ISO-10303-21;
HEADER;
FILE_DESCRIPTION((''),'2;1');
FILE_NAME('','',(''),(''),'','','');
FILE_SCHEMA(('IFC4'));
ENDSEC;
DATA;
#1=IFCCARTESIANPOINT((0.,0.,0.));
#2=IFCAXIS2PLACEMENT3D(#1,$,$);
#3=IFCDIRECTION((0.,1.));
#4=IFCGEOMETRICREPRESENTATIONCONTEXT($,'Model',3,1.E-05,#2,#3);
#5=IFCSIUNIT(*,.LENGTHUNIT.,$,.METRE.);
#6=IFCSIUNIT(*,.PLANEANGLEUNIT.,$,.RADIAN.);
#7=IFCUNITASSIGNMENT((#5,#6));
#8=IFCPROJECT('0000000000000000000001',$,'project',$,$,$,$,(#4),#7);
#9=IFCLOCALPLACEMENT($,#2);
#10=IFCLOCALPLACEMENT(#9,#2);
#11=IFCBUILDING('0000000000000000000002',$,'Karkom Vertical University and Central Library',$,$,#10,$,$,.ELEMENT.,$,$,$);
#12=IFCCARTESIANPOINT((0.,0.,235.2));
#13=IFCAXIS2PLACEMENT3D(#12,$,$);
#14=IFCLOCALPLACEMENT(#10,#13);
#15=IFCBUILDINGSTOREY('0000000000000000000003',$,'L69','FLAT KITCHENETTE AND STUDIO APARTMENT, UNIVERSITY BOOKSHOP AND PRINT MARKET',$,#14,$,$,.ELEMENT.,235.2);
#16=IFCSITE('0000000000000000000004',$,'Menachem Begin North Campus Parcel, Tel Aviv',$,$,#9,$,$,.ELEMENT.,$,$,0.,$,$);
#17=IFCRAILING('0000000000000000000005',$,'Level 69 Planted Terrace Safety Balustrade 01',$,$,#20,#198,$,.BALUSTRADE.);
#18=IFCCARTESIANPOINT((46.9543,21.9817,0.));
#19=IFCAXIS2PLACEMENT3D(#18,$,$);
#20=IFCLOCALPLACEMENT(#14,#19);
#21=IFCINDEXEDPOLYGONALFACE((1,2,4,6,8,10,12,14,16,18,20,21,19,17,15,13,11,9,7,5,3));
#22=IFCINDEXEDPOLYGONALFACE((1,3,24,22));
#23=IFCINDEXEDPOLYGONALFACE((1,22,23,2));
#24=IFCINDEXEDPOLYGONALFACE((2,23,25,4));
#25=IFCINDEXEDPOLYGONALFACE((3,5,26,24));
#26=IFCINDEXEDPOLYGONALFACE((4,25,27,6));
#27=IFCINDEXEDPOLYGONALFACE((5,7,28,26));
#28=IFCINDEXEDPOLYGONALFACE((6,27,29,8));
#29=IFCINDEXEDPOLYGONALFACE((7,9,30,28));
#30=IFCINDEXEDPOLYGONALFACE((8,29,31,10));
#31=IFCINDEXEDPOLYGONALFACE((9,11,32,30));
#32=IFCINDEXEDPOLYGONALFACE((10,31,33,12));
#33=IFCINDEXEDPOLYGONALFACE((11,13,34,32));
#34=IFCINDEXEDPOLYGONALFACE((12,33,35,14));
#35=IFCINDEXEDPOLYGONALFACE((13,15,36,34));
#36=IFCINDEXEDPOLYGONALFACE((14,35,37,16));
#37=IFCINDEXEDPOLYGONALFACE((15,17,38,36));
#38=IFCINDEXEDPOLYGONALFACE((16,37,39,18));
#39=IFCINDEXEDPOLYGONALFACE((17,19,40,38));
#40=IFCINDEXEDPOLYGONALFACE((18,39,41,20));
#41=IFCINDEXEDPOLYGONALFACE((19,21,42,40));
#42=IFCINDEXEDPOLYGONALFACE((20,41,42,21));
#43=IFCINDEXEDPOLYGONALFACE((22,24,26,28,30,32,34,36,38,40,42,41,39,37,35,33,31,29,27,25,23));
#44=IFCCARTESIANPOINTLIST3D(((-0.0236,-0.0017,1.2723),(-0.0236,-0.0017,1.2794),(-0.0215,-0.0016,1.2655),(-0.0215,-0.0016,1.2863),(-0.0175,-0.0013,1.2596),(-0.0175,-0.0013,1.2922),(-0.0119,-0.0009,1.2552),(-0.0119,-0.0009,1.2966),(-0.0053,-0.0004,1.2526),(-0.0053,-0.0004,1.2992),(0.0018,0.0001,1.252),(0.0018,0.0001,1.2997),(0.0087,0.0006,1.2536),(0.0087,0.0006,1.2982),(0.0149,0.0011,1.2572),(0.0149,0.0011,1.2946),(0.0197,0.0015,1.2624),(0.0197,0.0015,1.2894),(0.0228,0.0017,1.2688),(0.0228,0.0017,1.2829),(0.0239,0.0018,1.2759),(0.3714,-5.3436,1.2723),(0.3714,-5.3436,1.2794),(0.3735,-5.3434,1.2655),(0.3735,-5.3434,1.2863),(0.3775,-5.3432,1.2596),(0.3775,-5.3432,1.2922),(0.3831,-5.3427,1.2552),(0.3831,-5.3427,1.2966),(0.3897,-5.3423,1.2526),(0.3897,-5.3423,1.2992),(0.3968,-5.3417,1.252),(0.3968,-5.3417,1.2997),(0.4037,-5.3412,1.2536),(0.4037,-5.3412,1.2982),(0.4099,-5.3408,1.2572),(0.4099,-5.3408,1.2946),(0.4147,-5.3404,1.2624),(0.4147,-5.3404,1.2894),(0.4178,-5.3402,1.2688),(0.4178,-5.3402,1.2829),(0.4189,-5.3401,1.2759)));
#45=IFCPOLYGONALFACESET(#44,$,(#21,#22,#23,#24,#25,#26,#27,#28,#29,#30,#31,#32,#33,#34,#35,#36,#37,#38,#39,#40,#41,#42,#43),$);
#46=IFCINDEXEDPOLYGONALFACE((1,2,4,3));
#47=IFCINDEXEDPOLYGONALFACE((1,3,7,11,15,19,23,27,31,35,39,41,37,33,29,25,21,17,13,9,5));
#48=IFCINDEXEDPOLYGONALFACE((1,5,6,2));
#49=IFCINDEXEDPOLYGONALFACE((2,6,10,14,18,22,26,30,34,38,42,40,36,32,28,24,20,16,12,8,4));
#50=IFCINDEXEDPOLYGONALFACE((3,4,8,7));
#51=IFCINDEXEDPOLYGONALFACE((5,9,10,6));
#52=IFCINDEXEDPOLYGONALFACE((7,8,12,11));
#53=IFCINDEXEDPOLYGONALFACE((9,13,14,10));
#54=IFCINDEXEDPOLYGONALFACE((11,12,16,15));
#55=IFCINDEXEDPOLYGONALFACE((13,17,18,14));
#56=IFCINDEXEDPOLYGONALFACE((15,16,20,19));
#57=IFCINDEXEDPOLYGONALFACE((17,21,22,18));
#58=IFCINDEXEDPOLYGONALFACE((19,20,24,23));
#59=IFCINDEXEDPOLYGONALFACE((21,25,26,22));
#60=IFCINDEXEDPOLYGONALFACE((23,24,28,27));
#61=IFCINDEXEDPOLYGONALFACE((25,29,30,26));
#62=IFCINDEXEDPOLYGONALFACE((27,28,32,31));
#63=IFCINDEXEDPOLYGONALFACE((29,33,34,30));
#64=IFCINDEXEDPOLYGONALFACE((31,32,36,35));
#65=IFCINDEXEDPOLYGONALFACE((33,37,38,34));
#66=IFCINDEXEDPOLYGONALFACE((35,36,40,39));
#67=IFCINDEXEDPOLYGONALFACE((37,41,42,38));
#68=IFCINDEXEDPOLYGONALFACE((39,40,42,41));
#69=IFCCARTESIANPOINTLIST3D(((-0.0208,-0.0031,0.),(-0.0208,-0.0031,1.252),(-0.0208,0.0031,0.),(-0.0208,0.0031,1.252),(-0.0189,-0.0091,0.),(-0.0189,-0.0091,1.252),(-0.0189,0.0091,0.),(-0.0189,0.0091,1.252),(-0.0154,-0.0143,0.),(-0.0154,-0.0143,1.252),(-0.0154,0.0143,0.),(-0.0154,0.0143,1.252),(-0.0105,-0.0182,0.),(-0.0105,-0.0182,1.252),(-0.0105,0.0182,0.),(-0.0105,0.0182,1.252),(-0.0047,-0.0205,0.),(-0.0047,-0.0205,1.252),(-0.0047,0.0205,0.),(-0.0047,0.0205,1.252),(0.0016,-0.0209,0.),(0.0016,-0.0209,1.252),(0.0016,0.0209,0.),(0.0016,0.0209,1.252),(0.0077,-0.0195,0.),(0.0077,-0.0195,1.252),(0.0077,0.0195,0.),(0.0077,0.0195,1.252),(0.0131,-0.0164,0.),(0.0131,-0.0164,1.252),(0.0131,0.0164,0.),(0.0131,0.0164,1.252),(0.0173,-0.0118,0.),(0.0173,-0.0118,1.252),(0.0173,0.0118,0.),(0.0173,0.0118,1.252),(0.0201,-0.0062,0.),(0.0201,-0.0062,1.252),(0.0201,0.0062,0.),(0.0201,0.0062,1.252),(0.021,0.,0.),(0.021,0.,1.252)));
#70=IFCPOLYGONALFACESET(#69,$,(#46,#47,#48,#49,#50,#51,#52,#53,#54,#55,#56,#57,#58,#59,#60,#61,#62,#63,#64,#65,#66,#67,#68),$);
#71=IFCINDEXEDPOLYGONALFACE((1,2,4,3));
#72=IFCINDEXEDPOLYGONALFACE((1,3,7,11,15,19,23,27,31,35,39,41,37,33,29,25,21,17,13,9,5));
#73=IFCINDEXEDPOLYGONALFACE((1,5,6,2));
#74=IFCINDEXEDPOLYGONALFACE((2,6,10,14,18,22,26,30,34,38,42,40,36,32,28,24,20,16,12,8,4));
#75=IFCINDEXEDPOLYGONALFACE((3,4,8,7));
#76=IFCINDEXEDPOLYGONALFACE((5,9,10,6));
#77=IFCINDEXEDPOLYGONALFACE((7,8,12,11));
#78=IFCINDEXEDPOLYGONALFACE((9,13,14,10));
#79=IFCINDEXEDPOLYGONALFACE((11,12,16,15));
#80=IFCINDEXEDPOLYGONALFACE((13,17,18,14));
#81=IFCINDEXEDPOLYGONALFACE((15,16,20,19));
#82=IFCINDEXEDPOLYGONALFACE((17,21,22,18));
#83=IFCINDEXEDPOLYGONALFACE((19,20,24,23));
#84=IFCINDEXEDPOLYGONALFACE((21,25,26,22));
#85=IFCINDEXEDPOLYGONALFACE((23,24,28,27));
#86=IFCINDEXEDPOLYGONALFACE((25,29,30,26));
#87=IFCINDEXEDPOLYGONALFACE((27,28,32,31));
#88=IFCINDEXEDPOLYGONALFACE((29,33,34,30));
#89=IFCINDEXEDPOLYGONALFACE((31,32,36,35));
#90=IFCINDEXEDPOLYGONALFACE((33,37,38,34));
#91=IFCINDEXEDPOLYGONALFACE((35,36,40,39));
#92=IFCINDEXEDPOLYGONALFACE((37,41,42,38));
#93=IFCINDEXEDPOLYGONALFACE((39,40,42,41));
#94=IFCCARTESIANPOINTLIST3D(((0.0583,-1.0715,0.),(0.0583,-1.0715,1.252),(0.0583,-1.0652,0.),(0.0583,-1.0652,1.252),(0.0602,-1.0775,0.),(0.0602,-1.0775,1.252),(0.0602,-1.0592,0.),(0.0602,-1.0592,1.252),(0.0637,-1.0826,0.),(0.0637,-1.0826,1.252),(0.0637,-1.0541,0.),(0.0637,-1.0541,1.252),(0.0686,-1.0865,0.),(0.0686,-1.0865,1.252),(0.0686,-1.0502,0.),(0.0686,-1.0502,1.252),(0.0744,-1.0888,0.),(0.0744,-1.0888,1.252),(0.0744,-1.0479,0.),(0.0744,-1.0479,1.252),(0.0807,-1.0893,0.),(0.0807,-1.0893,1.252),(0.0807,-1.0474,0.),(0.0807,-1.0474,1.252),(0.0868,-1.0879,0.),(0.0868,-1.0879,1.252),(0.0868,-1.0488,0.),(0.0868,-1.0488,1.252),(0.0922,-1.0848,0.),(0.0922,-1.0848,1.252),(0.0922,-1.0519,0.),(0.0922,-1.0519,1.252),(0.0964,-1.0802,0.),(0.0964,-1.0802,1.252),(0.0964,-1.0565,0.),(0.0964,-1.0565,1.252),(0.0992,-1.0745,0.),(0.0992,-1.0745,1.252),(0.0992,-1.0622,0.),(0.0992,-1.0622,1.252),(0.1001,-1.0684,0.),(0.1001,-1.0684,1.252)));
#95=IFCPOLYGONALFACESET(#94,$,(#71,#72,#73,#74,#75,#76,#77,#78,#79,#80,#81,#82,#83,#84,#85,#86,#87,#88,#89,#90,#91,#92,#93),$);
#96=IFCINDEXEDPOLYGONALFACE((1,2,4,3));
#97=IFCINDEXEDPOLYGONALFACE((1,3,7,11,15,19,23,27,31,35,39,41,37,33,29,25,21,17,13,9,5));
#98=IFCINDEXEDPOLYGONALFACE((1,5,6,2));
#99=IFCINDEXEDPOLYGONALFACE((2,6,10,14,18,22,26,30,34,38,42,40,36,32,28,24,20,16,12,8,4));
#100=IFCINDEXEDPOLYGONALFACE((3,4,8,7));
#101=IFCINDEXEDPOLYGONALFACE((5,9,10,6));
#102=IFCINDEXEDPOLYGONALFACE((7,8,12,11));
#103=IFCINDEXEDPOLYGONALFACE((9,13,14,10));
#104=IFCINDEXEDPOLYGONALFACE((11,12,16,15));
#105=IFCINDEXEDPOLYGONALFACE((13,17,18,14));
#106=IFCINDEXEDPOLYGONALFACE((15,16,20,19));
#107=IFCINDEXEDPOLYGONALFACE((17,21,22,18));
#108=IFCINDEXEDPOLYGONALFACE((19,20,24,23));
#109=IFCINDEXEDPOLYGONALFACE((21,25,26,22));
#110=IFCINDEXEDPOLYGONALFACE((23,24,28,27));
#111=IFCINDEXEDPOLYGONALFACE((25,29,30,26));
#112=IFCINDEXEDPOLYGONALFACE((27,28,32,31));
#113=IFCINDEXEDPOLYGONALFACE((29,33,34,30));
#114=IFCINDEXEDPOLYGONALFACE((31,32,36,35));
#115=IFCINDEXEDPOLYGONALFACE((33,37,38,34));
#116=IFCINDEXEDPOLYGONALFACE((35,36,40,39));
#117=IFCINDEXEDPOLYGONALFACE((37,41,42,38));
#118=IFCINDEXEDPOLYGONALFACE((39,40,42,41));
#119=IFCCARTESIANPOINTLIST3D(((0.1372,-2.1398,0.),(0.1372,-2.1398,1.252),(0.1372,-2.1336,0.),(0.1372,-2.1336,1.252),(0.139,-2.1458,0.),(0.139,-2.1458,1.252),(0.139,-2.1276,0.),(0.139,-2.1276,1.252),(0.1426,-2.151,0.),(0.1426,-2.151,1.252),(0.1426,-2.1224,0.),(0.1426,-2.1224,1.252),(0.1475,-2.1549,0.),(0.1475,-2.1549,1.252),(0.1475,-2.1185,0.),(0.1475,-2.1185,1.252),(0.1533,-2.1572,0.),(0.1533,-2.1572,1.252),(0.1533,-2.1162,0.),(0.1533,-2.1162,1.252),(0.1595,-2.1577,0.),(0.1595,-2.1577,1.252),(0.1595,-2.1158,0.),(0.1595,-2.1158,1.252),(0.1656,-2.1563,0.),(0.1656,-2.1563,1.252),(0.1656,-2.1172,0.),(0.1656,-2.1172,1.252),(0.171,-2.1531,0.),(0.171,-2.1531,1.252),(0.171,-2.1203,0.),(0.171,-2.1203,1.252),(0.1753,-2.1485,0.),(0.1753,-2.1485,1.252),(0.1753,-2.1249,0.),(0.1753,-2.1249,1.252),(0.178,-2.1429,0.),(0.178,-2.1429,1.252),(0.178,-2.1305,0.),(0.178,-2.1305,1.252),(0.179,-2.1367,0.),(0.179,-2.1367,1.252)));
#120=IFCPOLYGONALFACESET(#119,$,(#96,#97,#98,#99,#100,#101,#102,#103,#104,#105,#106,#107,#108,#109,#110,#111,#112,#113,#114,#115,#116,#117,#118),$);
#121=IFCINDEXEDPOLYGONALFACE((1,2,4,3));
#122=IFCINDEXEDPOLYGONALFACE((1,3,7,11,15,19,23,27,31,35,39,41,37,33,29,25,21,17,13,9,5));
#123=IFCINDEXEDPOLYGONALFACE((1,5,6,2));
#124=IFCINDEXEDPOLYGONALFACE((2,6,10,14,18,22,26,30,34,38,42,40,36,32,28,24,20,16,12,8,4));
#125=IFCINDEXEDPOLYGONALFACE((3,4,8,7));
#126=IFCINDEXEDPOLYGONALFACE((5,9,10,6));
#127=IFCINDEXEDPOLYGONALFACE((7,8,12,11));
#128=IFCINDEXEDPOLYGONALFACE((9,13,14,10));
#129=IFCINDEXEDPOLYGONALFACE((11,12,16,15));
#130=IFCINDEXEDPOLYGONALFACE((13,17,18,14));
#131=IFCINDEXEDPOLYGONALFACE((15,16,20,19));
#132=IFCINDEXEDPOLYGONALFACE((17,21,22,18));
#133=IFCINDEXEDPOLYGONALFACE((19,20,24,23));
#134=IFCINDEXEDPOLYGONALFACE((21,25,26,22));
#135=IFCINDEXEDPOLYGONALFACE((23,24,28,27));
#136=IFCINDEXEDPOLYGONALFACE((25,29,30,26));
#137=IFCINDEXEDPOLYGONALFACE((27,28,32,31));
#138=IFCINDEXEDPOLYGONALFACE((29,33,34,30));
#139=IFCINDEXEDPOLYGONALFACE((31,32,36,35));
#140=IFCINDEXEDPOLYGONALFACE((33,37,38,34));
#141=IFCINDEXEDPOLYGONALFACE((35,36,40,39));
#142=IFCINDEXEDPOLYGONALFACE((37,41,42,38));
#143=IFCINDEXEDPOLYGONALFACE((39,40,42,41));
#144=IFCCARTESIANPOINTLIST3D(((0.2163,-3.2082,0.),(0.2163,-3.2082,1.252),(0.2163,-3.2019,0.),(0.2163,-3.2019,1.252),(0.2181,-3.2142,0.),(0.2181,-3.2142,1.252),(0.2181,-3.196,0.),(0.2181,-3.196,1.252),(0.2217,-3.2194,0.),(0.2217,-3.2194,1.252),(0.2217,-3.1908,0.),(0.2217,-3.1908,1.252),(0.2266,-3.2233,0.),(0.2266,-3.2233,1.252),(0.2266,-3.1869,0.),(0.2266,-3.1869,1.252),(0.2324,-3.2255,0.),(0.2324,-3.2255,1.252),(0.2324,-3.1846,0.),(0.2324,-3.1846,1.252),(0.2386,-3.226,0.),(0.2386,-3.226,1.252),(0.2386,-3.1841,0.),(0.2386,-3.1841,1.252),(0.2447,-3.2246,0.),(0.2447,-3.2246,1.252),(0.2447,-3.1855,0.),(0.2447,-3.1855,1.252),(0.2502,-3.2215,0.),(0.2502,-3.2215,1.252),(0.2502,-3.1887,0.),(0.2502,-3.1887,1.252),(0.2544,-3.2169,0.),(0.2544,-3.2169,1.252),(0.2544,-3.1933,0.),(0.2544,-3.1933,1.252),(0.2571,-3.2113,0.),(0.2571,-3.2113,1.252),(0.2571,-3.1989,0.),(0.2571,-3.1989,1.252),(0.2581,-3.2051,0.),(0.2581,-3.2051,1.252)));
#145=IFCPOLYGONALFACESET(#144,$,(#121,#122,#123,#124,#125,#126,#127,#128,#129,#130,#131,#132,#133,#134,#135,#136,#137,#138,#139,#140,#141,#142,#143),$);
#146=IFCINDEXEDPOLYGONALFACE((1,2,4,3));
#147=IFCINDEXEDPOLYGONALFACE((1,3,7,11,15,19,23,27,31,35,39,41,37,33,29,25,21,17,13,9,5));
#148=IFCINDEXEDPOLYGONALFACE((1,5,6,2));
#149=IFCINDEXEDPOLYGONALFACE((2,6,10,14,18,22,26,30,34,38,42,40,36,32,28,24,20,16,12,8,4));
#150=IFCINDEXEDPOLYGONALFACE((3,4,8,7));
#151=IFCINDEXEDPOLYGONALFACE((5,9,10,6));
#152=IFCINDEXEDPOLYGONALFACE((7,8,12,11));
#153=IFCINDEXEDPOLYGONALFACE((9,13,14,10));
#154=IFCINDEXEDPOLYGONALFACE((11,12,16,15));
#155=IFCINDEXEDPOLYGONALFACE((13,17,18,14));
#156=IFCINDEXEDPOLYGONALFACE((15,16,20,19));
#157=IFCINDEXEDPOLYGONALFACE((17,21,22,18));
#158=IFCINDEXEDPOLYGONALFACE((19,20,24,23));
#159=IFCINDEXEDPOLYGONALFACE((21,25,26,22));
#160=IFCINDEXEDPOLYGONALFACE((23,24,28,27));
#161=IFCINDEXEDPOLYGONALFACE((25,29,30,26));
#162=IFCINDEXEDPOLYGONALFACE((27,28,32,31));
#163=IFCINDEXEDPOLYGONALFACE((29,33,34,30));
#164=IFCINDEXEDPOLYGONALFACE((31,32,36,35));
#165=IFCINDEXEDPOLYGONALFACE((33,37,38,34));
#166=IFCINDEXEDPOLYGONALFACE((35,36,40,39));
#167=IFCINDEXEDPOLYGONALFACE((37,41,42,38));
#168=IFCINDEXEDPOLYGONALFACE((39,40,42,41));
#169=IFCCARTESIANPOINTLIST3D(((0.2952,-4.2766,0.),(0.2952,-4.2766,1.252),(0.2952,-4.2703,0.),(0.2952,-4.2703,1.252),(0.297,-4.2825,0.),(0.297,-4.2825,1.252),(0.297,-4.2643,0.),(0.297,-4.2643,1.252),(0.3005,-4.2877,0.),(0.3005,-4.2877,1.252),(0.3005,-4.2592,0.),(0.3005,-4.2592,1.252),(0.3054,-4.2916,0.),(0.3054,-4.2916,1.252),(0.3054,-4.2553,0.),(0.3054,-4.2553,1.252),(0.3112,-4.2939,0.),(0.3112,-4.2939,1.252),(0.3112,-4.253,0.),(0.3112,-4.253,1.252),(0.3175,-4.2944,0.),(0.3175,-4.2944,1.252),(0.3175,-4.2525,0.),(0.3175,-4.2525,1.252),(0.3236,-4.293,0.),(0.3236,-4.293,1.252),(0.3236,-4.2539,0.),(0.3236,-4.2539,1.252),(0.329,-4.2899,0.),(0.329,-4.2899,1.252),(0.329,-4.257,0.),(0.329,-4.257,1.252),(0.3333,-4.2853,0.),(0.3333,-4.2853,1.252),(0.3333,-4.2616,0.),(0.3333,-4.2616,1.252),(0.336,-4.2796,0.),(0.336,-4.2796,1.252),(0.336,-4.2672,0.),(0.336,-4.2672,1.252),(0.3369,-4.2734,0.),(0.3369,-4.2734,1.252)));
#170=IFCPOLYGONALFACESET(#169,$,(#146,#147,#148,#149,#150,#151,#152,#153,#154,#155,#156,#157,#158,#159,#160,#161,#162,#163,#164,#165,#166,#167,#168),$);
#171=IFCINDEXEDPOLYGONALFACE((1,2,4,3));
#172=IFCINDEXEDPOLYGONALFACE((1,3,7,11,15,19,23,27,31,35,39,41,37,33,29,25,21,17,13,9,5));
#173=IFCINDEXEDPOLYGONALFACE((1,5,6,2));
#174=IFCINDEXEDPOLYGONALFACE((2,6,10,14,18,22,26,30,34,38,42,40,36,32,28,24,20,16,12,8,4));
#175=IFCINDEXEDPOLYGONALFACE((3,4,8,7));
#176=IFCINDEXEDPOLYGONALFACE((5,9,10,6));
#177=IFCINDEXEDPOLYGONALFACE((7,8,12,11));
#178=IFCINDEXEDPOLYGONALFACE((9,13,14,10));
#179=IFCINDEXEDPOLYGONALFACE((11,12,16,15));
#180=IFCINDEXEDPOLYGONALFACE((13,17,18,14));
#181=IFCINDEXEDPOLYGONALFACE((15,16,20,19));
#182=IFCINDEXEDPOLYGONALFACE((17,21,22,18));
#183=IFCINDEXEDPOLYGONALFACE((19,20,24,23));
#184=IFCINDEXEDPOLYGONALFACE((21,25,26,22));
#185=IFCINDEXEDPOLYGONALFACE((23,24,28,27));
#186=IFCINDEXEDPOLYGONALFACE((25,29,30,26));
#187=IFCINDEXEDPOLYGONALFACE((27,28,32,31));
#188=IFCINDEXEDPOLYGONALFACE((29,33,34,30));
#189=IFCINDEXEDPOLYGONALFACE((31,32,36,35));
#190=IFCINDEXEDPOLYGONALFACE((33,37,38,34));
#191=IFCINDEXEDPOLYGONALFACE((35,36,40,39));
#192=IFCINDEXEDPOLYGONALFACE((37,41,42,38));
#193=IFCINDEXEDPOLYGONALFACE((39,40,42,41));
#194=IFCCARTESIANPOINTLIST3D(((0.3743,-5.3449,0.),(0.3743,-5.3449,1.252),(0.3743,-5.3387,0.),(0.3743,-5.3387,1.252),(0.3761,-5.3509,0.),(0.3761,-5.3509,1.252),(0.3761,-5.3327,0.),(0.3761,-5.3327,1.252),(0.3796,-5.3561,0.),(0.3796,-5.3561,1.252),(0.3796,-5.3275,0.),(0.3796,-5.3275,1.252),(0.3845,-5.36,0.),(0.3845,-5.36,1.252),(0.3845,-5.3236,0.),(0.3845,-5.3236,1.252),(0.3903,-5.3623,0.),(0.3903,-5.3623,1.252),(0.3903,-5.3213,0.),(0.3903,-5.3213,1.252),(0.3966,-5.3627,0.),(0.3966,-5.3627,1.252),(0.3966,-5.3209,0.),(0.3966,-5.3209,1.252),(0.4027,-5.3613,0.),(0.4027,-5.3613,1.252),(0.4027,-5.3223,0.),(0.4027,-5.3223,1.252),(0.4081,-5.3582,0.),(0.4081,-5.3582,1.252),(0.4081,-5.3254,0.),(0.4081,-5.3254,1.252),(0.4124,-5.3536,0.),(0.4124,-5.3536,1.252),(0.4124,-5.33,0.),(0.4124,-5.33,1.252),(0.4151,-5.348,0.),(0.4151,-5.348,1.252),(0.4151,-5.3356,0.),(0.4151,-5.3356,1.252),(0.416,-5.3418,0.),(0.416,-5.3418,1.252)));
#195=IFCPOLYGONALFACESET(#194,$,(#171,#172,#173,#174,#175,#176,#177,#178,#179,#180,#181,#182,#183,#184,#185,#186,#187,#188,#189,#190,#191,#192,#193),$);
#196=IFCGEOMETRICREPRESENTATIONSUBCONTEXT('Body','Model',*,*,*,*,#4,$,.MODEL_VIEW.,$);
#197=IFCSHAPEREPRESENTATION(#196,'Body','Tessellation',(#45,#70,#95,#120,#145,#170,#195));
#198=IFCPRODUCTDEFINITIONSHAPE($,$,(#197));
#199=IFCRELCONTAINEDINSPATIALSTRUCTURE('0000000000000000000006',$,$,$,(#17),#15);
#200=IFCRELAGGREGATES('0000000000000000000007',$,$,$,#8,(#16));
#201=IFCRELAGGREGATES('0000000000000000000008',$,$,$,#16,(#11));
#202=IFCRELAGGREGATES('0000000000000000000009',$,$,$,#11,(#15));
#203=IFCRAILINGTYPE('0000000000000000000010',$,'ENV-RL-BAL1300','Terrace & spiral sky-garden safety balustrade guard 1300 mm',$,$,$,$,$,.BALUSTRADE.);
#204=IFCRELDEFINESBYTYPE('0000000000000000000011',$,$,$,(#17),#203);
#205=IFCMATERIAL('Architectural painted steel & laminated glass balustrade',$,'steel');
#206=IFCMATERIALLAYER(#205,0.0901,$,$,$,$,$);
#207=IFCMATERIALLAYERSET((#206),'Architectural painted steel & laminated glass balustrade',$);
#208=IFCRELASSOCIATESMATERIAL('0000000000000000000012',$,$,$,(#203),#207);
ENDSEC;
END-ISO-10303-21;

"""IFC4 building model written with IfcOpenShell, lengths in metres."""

from ifc_helpers import new_model, si_unit, direction, frame, origin, origin_2d, place, context, subcontext, project, spatial, circle, extrude, material, layer, layer_set, type_object, element, save


model = new_model("IFC4")

# Units and contexts
model_context = context("Model", 3, precision=1e-05, world=origin(), true_north=direction((0.0, 1.0)))
body_context = subcontext(model_context, "Body", "Model", "MODEL_VIEW")
ifc_project = project(units=[si_unit("LENGTHUNIT", "METRE"), si_unit("PLANEANGLEUNIT", "RADIAN")], contexts=[model_context])

# Site, building, storey
site_placement = place(None, origin())
site = spatial("IfcSite", under=ifc_project, at=site_placement, Name="Menachem Begin North Campus Parcel, Tel Aviv", CompositionType="ELEMENT", RefElevation=0.0)
building_placement = place(site_placement, origin())
building = spatial("IfcBuilding", under=site, at=building_placement, Name="Karkom Vertical University and Central Library", CompositionType="ELEMENT")
storey_placement = place(building_placement, frame((0.0, 0.0, 235.2)))
storey = spatial("IfcBuildingStorey", under=building, at=storey_placement, Name="L69", Description="FLAT KITCHENETTE AND STUDIO APARTMENT, UNIVERSITY BOOKSHOP AND PRINT MARKET", CompositionType="ELEMENT", Elevation=235.2)

# Railing
ifc_material_1 = material(Name="Architectural painted steel & laminated glass balustrade", Category="steel")
ifc_layer_1 = layer(ifc_material_1, 0.0901)
ifc_layer_set_1 = layer_set([ifc_layer_1], Name="Architectural painted steel & laminated glass balustrade")
railing_type = type_object("IfcRailingType", Name="ENV-RL-BAL1300", Description="Terrace & spiral sky-garden safety balustrade guard 1300 mm", PredefinedType="BALUSTRADE", material=ifc_layer_set_1)
railing_1_placement = place(storey_placement, frame((46.9543, 21.9817, 0.0)))
element("IfcRailing", 1, at=railing_1_placement, inside=storey, type_object=railing_type, Name="Level 69 Planted Terrace Safety Balustrade 01", PredefinedType="BALUSTRADE", context=body_context, shape_type="SweptSolid", body=[
    extrude(circle(Radius=0.0239, at=origin_2d()), frame((0.0, 0.0, 1.2759), z_axis=(0.073747, -0.997277, 0.0), x_axis=(0.997277, 0.073747, 0.0)), (0.0, 0.0, 1.0), 5.3564),
    extrude(circle(Radius=0.021, at=origin_2d()), origin(), (0.0, 0.0, 1.0), 1.252),
    extrude(circle(Radius=0.021, at=origin_2d()), frame((0.0791, -1.0684, 0.0)), (0.0, 0.0, 1.0), 1.252),
    extrude(circle(Radius=0.021, at=origin_2d()), frame((0.158, -2.1367, 0.0)), (0.0, 0.0, 1.0), 1.252),
    extrude(circle(Radius=0.021, at=origin_2d()), frame((0.2371, -3.2051, 0.0)), (0.0, 0.0, 1.0), 1.252),
    extrude(circle(Radius=0.021, at=origin_2d()), frame((0.3159, -4.2734, 0.0)), (0.0, 0.0, 1.0), 1.252),
    extrude(circle(Radius=0.021, at=origin_2d()), frame((0.395, -5.3418, 0.0)), (0.0, 0.0, 1.0), 1.252),
])

save(model, "model.ifc")
